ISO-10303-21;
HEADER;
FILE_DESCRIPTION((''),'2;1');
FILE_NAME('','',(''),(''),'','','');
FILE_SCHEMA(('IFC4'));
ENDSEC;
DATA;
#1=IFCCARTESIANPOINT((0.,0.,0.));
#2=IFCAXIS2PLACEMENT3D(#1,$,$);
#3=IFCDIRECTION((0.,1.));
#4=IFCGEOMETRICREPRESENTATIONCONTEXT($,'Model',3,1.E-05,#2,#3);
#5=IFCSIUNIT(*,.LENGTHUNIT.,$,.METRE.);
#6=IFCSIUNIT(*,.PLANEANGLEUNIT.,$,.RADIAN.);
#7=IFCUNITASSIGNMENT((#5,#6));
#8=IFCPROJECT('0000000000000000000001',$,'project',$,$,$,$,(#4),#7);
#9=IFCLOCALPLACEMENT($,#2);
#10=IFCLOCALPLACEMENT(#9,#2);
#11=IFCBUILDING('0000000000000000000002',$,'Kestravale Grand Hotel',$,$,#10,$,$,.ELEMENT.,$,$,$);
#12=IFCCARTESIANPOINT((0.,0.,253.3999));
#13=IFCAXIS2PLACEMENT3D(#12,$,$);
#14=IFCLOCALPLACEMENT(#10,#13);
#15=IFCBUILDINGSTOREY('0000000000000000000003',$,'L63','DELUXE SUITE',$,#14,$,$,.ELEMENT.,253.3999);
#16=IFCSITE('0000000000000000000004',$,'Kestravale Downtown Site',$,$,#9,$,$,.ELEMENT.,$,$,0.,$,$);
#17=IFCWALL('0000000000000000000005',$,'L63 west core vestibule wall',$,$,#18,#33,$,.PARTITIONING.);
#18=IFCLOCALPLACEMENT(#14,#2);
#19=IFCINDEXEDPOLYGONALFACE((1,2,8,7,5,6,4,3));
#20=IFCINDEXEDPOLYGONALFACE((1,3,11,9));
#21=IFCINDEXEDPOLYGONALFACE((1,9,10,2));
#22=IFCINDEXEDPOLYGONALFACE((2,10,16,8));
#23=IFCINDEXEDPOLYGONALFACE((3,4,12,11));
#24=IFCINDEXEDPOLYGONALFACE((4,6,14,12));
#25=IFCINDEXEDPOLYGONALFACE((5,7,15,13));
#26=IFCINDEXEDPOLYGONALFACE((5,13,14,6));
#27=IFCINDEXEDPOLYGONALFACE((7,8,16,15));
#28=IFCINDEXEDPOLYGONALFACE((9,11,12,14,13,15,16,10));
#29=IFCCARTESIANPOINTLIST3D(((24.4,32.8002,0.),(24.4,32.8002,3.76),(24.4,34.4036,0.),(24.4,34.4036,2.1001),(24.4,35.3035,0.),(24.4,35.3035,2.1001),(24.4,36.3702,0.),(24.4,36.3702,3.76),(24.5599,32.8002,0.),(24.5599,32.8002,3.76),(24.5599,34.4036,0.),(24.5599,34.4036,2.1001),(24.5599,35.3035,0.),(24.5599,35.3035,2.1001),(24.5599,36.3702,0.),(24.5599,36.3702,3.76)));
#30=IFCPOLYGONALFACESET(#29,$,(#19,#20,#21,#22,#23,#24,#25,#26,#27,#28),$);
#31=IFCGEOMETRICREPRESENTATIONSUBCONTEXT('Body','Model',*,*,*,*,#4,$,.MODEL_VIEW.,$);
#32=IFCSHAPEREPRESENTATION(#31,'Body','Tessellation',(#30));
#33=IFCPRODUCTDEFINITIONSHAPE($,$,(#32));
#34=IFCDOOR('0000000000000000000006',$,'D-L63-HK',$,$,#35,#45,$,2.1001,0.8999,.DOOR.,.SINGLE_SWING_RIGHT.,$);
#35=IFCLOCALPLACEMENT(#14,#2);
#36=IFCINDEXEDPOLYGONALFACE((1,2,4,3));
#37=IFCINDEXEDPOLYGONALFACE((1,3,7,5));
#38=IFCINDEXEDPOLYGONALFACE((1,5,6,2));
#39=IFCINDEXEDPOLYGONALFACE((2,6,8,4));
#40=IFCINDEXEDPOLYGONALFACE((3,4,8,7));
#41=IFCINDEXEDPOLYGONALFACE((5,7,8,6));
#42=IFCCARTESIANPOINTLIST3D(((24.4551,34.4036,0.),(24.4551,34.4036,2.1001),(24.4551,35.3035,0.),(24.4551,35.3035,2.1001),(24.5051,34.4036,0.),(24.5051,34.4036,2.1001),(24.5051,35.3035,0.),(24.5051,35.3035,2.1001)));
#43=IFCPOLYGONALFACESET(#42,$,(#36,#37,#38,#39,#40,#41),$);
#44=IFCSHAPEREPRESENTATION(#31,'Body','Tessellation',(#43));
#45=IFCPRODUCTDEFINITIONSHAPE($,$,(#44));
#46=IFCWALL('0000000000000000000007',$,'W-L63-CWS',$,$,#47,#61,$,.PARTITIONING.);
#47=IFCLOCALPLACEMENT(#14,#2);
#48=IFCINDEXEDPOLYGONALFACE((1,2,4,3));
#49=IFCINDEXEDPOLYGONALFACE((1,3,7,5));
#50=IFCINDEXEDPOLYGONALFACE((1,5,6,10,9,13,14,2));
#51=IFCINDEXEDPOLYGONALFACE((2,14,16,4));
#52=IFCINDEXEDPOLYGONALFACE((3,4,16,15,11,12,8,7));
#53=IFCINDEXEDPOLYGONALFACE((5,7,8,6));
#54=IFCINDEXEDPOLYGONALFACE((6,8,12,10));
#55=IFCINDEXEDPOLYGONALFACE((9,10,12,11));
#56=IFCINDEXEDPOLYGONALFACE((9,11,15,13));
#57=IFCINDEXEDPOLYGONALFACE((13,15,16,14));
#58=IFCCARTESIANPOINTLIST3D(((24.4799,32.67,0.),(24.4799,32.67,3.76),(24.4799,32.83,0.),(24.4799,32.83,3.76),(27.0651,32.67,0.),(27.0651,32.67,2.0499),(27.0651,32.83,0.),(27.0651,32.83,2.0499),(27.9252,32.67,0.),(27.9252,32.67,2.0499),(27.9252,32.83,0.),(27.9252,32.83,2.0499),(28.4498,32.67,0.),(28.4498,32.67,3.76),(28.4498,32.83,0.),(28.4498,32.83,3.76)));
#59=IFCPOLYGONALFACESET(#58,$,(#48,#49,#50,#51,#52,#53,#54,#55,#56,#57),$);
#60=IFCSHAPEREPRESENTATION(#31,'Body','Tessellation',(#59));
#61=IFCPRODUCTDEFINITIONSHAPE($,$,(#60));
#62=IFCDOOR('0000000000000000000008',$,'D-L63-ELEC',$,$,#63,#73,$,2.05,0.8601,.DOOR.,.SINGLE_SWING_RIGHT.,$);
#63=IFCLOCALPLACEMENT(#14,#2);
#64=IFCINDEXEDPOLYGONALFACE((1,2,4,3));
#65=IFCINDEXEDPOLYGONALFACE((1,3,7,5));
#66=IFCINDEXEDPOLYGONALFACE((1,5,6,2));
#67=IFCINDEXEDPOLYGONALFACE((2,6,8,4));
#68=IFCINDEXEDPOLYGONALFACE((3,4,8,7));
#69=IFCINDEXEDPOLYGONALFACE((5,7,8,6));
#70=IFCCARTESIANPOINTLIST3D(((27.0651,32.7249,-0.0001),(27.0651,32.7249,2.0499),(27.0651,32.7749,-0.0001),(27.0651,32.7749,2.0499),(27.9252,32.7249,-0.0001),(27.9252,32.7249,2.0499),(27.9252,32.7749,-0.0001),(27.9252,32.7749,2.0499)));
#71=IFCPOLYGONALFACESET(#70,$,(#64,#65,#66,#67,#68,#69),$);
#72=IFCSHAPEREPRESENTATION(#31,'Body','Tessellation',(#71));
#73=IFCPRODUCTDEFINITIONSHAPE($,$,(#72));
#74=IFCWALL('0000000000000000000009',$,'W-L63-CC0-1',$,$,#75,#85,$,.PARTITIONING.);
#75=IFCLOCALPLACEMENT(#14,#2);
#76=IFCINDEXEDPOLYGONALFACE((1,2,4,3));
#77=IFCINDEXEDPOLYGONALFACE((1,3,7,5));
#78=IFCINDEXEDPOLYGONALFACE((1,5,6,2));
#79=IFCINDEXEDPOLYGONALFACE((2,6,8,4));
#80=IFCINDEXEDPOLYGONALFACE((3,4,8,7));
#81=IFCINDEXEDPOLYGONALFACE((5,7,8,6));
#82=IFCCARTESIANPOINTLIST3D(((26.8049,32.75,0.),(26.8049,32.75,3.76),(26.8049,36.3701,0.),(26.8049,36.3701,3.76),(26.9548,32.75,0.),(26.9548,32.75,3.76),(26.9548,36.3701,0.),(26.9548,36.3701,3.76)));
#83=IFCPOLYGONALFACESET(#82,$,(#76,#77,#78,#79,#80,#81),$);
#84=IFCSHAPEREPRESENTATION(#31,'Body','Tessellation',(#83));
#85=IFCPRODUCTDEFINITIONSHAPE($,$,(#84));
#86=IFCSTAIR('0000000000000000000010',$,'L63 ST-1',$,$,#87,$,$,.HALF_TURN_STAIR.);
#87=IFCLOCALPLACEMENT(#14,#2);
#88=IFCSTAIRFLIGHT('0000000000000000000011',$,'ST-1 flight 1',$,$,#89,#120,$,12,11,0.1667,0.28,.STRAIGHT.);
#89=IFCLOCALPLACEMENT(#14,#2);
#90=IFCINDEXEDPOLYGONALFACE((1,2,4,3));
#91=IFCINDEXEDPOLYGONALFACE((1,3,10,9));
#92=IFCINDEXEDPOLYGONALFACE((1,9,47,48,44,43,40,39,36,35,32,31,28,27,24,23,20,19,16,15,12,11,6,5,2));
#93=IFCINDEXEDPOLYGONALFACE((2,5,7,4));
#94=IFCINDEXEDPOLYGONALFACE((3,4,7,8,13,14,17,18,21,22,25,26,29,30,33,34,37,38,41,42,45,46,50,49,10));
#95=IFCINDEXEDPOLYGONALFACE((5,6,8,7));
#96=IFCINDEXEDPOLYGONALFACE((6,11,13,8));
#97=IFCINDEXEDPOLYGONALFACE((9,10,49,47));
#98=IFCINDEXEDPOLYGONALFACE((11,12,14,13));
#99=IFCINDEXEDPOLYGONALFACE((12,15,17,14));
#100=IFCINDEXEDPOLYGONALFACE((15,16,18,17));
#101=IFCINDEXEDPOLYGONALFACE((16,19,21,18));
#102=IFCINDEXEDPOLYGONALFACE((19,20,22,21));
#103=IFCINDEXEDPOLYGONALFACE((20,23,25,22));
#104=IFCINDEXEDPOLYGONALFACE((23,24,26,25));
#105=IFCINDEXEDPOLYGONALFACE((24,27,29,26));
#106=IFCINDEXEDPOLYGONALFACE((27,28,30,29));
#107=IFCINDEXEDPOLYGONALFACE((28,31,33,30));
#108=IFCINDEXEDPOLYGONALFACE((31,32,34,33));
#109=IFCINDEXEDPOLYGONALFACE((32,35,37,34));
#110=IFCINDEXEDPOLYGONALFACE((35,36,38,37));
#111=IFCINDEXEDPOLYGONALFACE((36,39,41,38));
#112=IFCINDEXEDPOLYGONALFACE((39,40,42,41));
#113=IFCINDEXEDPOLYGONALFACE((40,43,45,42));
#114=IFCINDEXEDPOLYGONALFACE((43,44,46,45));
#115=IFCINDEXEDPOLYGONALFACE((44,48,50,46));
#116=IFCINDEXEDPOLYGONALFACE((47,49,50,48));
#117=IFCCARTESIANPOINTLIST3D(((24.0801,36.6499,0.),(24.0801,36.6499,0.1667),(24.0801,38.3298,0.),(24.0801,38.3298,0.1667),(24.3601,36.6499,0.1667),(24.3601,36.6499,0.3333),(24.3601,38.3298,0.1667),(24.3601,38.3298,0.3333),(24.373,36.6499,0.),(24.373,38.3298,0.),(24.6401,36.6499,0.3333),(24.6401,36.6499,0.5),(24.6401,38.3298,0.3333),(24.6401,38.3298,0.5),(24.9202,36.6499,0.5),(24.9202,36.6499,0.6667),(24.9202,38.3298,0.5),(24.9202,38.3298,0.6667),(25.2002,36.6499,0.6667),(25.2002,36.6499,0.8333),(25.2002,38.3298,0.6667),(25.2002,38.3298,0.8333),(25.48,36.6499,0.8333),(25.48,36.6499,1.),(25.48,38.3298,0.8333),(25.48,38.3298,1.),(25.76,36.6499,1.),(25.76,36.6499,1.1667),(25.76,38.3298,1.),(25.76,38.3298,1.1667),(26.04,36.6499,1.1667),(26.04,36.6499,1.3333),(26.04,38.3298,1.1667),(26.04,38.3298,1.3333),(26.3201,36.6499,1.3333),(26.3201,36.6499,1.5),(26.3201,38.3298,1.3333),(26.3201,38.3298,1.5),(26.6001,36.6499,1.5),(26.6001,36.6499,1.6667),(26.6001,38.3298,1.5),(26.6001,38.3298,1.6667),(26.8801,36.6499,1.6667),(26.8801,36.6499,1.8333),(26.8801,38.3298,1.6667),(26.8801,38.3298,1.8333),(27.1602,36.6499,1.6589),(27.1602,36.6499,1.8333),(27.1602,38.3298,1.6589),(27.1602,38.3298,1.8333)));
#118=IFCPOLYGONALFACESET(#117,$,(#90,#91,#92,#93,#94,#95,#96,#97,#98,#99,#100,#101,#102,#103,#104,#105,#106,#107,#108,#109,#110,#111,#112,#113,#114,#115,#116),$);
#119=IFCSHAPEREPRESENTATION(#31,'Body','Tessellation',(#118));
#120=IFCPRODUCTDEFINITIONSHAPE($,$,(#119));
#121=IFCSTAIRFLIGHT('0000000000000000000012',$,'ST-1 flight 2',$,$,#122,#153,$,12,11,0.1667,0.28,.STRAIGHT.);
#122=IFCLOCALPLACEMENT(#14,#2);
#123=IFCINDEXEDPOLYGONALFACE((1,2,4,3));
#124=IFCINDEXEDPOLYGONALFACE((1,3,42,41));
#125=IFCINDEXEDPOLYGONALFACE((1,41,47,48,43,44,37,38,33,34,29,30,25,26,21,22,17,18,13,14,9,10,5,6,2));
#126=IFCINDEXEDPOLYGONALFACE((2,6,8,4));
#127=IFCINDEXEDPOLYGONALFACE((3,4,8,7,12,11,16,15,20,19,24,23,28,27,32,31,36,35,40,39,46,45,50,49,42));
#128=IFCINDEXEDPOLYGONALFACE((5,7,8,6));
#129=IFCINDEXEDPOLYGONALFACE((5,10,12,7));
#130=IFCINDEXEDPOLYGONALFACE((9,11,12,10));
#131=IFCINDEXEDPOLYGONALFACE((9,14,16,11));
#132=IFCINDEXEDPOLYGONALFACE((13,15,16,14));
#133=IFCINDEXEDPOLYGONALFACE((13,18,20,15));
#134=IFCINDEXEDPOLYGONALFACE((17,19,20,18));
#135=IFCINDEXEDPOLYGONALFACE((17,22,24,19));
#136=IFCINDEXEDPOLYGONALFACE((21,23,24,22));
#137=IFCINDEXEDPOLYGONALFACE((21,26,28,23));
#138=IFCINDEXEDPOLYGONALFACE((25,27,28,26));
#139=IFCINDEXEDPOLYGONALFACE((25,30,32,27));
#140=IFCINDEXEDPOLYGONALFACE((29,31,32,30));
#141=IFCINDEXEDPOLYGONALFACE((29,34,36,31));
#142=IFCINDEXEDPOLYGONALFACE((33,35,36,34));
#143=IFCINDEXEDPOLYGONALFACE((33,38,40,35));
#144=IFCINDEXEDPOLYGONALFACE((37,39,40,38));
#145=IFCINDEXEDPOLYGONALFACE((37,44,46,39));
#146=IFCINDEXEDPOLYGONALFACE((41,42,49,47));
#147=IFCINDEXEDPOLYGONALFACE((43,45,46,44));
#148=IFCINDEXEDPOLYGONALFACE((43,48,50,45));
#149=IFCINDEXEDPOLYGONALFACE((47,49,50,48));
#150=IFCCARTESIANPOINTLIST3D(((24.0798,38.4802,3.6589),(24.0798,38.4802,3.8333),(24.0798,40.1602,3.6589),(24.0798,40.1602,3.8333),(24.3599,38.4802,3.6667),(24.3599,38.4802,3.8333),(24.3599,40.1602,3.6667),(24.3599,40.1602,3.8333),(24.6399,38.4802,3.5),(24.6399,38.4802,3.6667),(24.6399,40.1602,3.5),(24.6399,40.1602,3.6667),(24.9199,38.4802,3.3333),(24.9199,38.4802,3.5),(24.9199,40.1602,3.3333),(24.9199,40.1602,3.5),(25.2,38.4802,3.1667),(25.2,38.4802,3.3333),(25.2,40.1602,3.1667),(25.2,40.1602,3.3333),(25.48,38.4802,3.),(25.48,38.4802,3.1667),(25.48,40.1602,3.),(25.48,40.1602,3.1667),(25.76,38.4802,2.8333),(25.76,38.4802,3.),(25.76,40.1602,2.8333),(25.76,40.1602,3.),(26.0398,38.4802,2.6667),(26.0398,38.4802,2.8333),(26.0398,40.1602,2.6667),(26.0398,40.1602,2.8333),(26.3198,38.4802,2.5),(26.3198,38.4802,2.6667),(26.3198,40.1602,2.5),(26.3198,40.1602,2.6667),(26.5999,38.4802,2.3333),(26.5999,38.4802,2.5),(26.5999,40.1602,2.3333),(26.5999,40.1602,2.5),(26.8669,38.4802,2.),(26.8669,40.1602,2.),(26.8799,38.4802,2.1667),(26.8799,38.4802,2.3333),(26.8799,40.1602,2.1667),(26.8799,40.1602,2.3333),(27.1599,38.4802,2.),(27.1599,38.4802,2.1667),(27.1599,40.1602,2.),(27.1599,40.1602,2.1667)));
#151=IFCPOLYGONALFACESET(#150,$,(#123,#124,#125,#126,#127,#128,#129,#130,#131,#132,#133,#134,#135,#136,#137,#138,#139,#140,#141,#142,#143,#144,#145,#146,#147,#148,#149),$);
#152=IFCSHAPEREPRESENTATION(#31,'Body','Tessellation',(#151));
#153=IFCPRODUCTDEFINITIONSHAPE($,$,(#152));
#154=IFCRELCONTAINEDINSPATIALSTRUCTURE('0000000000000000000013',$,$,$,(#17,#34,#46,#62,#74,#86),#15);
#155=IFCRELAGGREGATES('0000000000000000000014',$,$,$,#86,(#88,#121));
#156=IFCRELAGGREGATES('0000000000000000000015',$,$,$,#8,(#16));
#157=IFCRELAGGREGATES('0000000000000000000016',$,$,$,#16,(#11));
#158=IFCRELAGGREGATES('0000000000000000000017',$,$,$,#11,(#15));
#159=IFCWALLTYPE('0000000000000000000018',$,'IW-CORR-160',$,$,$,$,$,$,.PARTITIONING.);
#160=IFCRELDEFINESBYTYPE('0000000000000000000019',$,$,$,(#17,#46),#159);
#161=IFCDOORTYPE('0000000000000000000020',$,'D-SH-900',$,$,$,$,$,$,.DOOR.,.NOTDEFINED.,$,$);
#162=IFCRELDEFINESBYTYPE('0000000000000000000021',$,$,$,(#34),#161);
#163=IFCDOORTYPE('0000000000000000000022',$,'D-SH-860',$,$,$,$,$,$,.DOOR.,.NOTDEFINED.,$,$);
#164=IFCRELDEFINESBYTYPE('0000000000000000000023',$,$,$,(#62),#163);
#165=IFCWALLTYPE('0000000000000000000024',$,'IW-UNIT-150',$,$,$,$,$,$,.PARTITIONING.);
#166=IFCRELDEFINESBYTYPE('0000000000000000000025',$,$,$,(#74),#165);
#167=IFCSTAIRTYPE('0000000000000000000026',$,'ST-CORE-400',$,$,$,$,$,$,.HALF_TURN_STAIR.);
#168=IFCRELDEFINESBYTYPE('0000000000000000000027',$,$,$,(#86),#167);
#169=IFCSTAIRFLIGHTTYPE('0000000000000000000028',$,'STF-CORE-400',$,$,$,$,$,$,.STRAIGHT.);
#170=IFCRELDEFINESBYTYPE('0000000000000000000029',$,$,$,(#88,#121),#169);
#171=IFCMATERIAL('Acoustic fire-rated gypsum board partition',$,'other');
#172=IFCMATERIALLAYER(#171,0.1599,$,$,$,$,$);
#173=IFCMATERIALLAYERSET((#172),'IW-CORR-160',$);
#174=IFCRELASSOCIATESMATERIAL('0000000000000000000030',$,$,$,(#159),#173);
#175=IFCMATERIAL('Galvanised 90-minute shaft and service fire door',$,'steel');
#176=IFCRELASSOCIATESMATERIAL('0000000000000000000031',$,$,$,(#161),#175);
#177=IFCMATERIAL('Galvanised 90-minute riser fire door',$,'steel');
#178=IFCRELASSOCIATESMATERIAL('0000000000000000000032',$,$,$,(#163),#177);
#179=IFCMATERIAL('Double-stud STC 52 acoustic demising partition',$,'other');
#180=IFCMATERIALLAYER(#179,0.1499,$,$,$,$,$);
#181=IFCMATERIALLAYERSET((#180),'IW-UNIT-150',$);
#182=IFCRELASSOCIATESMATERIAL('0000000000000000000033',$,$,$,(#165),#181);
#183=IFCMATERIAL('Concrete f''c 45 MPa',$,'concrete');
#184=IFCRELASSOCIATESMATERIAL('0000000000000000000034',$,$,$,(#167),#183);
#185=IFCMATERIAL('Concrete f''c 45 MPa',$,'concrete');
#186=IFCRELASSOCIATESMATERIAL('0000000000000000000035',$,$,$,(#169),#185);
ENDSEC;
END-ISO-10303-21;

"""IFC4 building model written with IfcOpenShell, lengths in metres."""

from ifc_helpers import new_model, si_unit, direction, frame, frame_2d, origin, place, context, subcontext, project, spatial, polyline, rectangle, outline, extrude, material, layer, layer_set, type_object, element, fill, aggregate, save


model = new_model("IFC4")

# Units and contexts
model_context = context("Model", 3, precision=1e-05, world=origin(), true_north=direction((0.0, 1.0)))
body_context = subcontext(model_context, "Body", "Model", "MODEL_VIEW")
ifc_project = project(units=[si_unit("LENGTHUNIT", "METRE"), si_unit("PLANEANGLEUNIT", "RADIAN")], contexts=[model_context])

# Site, building, storey
site_placement = place(None, origin())
site = spatial("IfcSite", under=ifc_project, at=site_placement, Name="Kestravale Downtown Site", CompositionType="ELEMENT", RefElevation=0.0)
building_placement = place(site_placement, origin())
building = spatial("IfcBuilding", under=site, at=building_placement, Name="Kestravale Grand Hotel", CompositionType="ELEMENT")
storey_placement = place(building_placement, frame((0.0, 0.0, 253.3999)))
storey = spatial("IfcBuildingStorey", under=building, at=storey_placement, Name="L63", Description="DELUXE SUITE", CompositionType="ELEMENT", Elevation=253.3999)

# Walls, openings, doors
ifc_material_1 = material(Name="Acoustic fire-rated gypsum board partition", Category="other")
ifc_layer_1 = layer(ifc_material_1, 0.1599)
ifc_layer_set_1 = layer_set([ifc_layer_1], Name="IW-CORR-160")
wall_type_1 = type_object("IfcWallType", Name="IW-CORR-160", PredefinedType="PARTITIONING", material=ifc_layer_set_1)
wall_1_placement = place(storey_placement, frame((24.48, 32.8, 0.0), z_axis=(0.0, 0.0, 1.0), x_axis=(0.0, 1.0, 0.0)))
wall_1 = element("IfcWall", 1, at=wall_1_placement, inside=storey, type_object=wall_type_1, Name="L63 west core vestibule wall", PredefinedType="PARTITIONING", context=body_context, shape_type="SweptSolid", body=[
    extrude(rectangle(XDim=3.5701, YDim=0.1599, at=frame_2d((1.7852, 0.0))), origin(), (0.0, 0.0, 1.0), 3.76),
])
opening_1_placement = place(wall_1_placement, frame((1.6035, 0.0, 0.0)))
opening_1 = element("IfcOpeningElement", 2, at=opening_1_placement, cuts=wall_1, PredefinedType="OPENING", context=body_context, shape_type="SweptSolid", body=[
    extrude(rectangle(XDim=0.8999, YDim=2.1001, at=frame_2d((0.45, 1.05))), frame((0.0, 0.0898, 0.0), z_axis=(0.0, -1.0, 0.0), x_axis=(1.0, 0.0, 0.0)), (0.0, 0.0, 1.0), 0.1799),
])
ifc_material_2 = material(Name="Galvanised 90-minute shaft and service fire door", Category="steel")
door_type_1 = type_object("IfcDoorType", Name="D-SH-900", OperationType="NOTDEFINED", PredefinedType="DOOR", material=ifc_material_2)
door_1_placement = place(opening_1_placement, origin())
door_1 = element("IfcDoor", 3, at=door_1_placement, inside=storey, type_object=door_type_1, Name="D-L63-HK", OperationType="SINGLE_SWING_RIGHT", OverallHeight=2.1001, OverallWidth=0.8999, PredefinedType="DOOR", context=body_context, shape_type="SweptSolid", body=[
    extrude(rectangle(XDim=0.8999, YDim=2.1001, at=frame_2d((0.45, 1.05))), frame((0.0, 0.0249, 0.0), z_axis=(0.0, -1.0, 0.0), x_axis=(1.0, 0.0, 0.0)), (0.0, 0.0, 1.0), 0.05),
])
fill(opening_1, door_1)
wall_2_placement = place(storey_placement, frame((24.48, 32.75, 0.0), z_axis=(0.0, 0.0, 1.0), x_axis=(1.0, 0.0, 0.0)))
wall_2 = element("IfcWall", 4, at=wall_2_placement, inside=storey, type_object=wall_type_1, Name="W-L63-CWS", PredefinedType="PARTITIONING", context=body_context, shape_type="SweptSolid", body=[
    extrude(rectangle(XDim=3.97, YDim=0.1599, at=frame_2d((1.9849, 0.0))), origin(), (0.0, 0.0, 1.0), 3.76),
])
opening_2_placement = place(wall_2_placement, frame((2.585, 0.0, 0.0)))
opening_2 = element("IfcOpeningElement", 5, at=opening_2_placement, cuts=wall_2, PredefinedType="OPENING", context=body_context, shape_type="SweptSolid", body=[
    extrude(rectangle(XDim=0.8601, YDim=2.05, at=frame_2d((0.4302, 1.0249))), frame((0.0, 0.0898, 0.0), z_axis=(0.0, -1.0, 0.0), x_axis=(1.0, 0.0, 0.0)), (0.0, 0.0, 1.0), 0.1799),
])
ifc_material_3 = material(Name="Galvanised 90-minute riser fire door", Category="steel")
door_type_2 = type_object("IfcDoorType", Name="D-SH-860", OperationType="NOTDEFINED", PredefinedType="DOOR", material=ifc_material_3)
door_2_placement = place(opening_2_placement, origin())
door_2 = element("IfcDoor", 6, at=door_2_placement, inside=storey, type_object=door_type_2, Name="D-L63-ELEC", OperationType="SINGLE_SWING_RIGHT", OverallHeight=2.05, OverallWidth=0.8601, PredefinedType="DOOR", context=body_context, shape_type="SweptSolid", body=[
    extrude(rectangle(XDim=0.8601, YDim=2.05, at=frame_2d((0.4302, 1.0249))), frame((0.0, 0.0249, 0.0), z_axis=(0.0, -1.0, 0.0), x_axis=(1.0, 0.0, 0.0)), (0.0, 0.0, 1.0), 0.05),
])
fill(opening_2, door_2)

# Wall
ifc_material_4 = material(Name="Double-stud STC 52 acoustic demising partition", Category="other")
ifc_layer_2 = layer(ifc_material_4, 0.1499)
ifc_layer_set_2 = layer_set([ifc_layer_2], Name="IW-UNIT-150")
wall_type_2 = type_object("IfcWallType", Name="IW-UNIT-150", PredefinedType="PARTITIONING", material=ifc_layer_set_2)
wall_3_placement = place(storey_placement, frame((26.8799, 32.75, 0.0), z_axis=(0.0, 0.0, 1.0), x_axis=(0.0, 1.0, 0.0)))
element("IfcWall", 7, at=wall_3_placement, inside=storey, type_object=wall_type_2, Name="W-L63-CC0-1", PredefinedType="PARTITIONING", context=body_context, shape_type="SweptSolid", body=[
    extrude(rectangle(XDim=3.6201, YDim=0.1499, at=frame_2d((1.8101, 0.0))), origin(), (0.0, 0.0, 1.0), 3.76),
])

# Stair, stair flights
ifc_material_5 = material(Name="Concrete f'c 45 MPa", Category="concrete")
stair_type = type_object("IfcStairType", Name="ST-CORE-400", PredefinedType="HALF_TURN_STAIR", material=ifc_material_5)
stair_placement = place(storey_placement, origin())
stair = element("IfcStair", 8, at=stair_placement, inside=storey, type_object=stair_type, Name="L63 ST-1", PredefinedType="HALF_TURN_STAIR")
ifc_material_6 = material(Name="Concrete f'c 45 MPa", Category="concrete")
stair_flight_type = type_object("IfcStairFlightType", Name="STF-CORE-400", PredefinedType="STRAIGHT", material=ifc_material_6)
stair_flight_1_placement = place(storey_placement, frame((24.0801, 37.49, 0.0), z_axis=(0.0, 0.0, 1.0), x_axis=(1.0, 0.0, 0.0)))
stair_flight_1 = element("IfcStairFlight", 9, at=stair_flight_1_placement, type_object=stair_flight_type, Name="ST-1 flight 1", NumberOfRisers=12, NumberOfTreads=11, PredefinedType="STRAIGHT", RiserHeight=0.1667, TreadLength=0.28, context=body_context, shape_type="SweptSolid", body=[
    extrude(outline(polyline([(0.0, 0.0), (0.0, 0.1667), (0.28, 0.1667), (0.28, 0.3333), (0.5601, 0.3333), (0.5601, 0.5), (0.8401, 0.5), (0.8401, 0.6667), (1.1201, 0.6667), (1.1201, 0.8333), (1.3999, 0.8333), (1.3999, 1.0), (1.6799, 1.0), (1.6799, 1.1667), (1.96, 1.1667), (1.96, 1.3333), (2.24, 1.3333), (2.24, 1.5), (2.52, 1.5), (2.52, 1.6667), (2.8, 1.6667), (2.8, 1.8333), (3.0801, 1.8333), (3.0801, 2.0), (3.0801, 1.6589), (0.293, 0.0), (0.0, 0.0)])), frame((0.0, 0.8398, 0.0), z_axis=(0.0, -1.0, 0.0), x_axis=(1.0, 0.0, 0.0)), (0.0, 0.0, 1.0), 1.6799),
])
stair_flight_2_placement = place(storey_placement, frame((27.1599, 39.3201, 2.0), z_axis=(0.0, 0.0, 1.0), x_axis=(-1.0, 0.0, 0.0)))
stair_flight_2 = element("IfcStairFlight", 10, at=stair_flight_2_placement, type_object=stair_flight_type, Name="ST-1 flight 2", NumberOfRisers=12, NumberOfTreads=11, PredefinedType="STRAIGHT", RiserHeight=0.1667, TreadLength=0.28, context=body_context, shape_type="SweptSolid", body=[
    extrude(outline(polyline([(0.0, 0.0), (0.0, 0.1667), (0.28, 0.1667), (0.28, 0.3333), (0.5601, 0.3333), (0.5601, 0.5), (0.8401, 0.5), (0.8401, 0.6667), (1.1201, 0.6667), (1.1201, 0.8333), (1.3999, 0.8333), (1.3999, 1.0), (1.6799, 1.0), (1.6799, 1.1667), (1.96, 1.1667), (1.96, 1.3333), (2.24, 1.3333), (2.24, 1.5), (2.52, 1.5), (2.52, 1.6667), (2.8, 1.6667), (2.8, 1.8333), (3.0801, 1.8333), (3.0801, 2.0), (3.0801, 1.6589), (0.293, 0.0), (0.0, 0.0)])), frame((0.0, 0.8398, 0.0), z_axis=(0.0, -1.0, 0.0), x_axis=(1.0, 0.0, 0.0)), (0.0, 0.0, 1.0), 1.6799),
])
aggregate(stair, [stair_flight_1, stair_flight_2])

save(model, "model.ifc")
